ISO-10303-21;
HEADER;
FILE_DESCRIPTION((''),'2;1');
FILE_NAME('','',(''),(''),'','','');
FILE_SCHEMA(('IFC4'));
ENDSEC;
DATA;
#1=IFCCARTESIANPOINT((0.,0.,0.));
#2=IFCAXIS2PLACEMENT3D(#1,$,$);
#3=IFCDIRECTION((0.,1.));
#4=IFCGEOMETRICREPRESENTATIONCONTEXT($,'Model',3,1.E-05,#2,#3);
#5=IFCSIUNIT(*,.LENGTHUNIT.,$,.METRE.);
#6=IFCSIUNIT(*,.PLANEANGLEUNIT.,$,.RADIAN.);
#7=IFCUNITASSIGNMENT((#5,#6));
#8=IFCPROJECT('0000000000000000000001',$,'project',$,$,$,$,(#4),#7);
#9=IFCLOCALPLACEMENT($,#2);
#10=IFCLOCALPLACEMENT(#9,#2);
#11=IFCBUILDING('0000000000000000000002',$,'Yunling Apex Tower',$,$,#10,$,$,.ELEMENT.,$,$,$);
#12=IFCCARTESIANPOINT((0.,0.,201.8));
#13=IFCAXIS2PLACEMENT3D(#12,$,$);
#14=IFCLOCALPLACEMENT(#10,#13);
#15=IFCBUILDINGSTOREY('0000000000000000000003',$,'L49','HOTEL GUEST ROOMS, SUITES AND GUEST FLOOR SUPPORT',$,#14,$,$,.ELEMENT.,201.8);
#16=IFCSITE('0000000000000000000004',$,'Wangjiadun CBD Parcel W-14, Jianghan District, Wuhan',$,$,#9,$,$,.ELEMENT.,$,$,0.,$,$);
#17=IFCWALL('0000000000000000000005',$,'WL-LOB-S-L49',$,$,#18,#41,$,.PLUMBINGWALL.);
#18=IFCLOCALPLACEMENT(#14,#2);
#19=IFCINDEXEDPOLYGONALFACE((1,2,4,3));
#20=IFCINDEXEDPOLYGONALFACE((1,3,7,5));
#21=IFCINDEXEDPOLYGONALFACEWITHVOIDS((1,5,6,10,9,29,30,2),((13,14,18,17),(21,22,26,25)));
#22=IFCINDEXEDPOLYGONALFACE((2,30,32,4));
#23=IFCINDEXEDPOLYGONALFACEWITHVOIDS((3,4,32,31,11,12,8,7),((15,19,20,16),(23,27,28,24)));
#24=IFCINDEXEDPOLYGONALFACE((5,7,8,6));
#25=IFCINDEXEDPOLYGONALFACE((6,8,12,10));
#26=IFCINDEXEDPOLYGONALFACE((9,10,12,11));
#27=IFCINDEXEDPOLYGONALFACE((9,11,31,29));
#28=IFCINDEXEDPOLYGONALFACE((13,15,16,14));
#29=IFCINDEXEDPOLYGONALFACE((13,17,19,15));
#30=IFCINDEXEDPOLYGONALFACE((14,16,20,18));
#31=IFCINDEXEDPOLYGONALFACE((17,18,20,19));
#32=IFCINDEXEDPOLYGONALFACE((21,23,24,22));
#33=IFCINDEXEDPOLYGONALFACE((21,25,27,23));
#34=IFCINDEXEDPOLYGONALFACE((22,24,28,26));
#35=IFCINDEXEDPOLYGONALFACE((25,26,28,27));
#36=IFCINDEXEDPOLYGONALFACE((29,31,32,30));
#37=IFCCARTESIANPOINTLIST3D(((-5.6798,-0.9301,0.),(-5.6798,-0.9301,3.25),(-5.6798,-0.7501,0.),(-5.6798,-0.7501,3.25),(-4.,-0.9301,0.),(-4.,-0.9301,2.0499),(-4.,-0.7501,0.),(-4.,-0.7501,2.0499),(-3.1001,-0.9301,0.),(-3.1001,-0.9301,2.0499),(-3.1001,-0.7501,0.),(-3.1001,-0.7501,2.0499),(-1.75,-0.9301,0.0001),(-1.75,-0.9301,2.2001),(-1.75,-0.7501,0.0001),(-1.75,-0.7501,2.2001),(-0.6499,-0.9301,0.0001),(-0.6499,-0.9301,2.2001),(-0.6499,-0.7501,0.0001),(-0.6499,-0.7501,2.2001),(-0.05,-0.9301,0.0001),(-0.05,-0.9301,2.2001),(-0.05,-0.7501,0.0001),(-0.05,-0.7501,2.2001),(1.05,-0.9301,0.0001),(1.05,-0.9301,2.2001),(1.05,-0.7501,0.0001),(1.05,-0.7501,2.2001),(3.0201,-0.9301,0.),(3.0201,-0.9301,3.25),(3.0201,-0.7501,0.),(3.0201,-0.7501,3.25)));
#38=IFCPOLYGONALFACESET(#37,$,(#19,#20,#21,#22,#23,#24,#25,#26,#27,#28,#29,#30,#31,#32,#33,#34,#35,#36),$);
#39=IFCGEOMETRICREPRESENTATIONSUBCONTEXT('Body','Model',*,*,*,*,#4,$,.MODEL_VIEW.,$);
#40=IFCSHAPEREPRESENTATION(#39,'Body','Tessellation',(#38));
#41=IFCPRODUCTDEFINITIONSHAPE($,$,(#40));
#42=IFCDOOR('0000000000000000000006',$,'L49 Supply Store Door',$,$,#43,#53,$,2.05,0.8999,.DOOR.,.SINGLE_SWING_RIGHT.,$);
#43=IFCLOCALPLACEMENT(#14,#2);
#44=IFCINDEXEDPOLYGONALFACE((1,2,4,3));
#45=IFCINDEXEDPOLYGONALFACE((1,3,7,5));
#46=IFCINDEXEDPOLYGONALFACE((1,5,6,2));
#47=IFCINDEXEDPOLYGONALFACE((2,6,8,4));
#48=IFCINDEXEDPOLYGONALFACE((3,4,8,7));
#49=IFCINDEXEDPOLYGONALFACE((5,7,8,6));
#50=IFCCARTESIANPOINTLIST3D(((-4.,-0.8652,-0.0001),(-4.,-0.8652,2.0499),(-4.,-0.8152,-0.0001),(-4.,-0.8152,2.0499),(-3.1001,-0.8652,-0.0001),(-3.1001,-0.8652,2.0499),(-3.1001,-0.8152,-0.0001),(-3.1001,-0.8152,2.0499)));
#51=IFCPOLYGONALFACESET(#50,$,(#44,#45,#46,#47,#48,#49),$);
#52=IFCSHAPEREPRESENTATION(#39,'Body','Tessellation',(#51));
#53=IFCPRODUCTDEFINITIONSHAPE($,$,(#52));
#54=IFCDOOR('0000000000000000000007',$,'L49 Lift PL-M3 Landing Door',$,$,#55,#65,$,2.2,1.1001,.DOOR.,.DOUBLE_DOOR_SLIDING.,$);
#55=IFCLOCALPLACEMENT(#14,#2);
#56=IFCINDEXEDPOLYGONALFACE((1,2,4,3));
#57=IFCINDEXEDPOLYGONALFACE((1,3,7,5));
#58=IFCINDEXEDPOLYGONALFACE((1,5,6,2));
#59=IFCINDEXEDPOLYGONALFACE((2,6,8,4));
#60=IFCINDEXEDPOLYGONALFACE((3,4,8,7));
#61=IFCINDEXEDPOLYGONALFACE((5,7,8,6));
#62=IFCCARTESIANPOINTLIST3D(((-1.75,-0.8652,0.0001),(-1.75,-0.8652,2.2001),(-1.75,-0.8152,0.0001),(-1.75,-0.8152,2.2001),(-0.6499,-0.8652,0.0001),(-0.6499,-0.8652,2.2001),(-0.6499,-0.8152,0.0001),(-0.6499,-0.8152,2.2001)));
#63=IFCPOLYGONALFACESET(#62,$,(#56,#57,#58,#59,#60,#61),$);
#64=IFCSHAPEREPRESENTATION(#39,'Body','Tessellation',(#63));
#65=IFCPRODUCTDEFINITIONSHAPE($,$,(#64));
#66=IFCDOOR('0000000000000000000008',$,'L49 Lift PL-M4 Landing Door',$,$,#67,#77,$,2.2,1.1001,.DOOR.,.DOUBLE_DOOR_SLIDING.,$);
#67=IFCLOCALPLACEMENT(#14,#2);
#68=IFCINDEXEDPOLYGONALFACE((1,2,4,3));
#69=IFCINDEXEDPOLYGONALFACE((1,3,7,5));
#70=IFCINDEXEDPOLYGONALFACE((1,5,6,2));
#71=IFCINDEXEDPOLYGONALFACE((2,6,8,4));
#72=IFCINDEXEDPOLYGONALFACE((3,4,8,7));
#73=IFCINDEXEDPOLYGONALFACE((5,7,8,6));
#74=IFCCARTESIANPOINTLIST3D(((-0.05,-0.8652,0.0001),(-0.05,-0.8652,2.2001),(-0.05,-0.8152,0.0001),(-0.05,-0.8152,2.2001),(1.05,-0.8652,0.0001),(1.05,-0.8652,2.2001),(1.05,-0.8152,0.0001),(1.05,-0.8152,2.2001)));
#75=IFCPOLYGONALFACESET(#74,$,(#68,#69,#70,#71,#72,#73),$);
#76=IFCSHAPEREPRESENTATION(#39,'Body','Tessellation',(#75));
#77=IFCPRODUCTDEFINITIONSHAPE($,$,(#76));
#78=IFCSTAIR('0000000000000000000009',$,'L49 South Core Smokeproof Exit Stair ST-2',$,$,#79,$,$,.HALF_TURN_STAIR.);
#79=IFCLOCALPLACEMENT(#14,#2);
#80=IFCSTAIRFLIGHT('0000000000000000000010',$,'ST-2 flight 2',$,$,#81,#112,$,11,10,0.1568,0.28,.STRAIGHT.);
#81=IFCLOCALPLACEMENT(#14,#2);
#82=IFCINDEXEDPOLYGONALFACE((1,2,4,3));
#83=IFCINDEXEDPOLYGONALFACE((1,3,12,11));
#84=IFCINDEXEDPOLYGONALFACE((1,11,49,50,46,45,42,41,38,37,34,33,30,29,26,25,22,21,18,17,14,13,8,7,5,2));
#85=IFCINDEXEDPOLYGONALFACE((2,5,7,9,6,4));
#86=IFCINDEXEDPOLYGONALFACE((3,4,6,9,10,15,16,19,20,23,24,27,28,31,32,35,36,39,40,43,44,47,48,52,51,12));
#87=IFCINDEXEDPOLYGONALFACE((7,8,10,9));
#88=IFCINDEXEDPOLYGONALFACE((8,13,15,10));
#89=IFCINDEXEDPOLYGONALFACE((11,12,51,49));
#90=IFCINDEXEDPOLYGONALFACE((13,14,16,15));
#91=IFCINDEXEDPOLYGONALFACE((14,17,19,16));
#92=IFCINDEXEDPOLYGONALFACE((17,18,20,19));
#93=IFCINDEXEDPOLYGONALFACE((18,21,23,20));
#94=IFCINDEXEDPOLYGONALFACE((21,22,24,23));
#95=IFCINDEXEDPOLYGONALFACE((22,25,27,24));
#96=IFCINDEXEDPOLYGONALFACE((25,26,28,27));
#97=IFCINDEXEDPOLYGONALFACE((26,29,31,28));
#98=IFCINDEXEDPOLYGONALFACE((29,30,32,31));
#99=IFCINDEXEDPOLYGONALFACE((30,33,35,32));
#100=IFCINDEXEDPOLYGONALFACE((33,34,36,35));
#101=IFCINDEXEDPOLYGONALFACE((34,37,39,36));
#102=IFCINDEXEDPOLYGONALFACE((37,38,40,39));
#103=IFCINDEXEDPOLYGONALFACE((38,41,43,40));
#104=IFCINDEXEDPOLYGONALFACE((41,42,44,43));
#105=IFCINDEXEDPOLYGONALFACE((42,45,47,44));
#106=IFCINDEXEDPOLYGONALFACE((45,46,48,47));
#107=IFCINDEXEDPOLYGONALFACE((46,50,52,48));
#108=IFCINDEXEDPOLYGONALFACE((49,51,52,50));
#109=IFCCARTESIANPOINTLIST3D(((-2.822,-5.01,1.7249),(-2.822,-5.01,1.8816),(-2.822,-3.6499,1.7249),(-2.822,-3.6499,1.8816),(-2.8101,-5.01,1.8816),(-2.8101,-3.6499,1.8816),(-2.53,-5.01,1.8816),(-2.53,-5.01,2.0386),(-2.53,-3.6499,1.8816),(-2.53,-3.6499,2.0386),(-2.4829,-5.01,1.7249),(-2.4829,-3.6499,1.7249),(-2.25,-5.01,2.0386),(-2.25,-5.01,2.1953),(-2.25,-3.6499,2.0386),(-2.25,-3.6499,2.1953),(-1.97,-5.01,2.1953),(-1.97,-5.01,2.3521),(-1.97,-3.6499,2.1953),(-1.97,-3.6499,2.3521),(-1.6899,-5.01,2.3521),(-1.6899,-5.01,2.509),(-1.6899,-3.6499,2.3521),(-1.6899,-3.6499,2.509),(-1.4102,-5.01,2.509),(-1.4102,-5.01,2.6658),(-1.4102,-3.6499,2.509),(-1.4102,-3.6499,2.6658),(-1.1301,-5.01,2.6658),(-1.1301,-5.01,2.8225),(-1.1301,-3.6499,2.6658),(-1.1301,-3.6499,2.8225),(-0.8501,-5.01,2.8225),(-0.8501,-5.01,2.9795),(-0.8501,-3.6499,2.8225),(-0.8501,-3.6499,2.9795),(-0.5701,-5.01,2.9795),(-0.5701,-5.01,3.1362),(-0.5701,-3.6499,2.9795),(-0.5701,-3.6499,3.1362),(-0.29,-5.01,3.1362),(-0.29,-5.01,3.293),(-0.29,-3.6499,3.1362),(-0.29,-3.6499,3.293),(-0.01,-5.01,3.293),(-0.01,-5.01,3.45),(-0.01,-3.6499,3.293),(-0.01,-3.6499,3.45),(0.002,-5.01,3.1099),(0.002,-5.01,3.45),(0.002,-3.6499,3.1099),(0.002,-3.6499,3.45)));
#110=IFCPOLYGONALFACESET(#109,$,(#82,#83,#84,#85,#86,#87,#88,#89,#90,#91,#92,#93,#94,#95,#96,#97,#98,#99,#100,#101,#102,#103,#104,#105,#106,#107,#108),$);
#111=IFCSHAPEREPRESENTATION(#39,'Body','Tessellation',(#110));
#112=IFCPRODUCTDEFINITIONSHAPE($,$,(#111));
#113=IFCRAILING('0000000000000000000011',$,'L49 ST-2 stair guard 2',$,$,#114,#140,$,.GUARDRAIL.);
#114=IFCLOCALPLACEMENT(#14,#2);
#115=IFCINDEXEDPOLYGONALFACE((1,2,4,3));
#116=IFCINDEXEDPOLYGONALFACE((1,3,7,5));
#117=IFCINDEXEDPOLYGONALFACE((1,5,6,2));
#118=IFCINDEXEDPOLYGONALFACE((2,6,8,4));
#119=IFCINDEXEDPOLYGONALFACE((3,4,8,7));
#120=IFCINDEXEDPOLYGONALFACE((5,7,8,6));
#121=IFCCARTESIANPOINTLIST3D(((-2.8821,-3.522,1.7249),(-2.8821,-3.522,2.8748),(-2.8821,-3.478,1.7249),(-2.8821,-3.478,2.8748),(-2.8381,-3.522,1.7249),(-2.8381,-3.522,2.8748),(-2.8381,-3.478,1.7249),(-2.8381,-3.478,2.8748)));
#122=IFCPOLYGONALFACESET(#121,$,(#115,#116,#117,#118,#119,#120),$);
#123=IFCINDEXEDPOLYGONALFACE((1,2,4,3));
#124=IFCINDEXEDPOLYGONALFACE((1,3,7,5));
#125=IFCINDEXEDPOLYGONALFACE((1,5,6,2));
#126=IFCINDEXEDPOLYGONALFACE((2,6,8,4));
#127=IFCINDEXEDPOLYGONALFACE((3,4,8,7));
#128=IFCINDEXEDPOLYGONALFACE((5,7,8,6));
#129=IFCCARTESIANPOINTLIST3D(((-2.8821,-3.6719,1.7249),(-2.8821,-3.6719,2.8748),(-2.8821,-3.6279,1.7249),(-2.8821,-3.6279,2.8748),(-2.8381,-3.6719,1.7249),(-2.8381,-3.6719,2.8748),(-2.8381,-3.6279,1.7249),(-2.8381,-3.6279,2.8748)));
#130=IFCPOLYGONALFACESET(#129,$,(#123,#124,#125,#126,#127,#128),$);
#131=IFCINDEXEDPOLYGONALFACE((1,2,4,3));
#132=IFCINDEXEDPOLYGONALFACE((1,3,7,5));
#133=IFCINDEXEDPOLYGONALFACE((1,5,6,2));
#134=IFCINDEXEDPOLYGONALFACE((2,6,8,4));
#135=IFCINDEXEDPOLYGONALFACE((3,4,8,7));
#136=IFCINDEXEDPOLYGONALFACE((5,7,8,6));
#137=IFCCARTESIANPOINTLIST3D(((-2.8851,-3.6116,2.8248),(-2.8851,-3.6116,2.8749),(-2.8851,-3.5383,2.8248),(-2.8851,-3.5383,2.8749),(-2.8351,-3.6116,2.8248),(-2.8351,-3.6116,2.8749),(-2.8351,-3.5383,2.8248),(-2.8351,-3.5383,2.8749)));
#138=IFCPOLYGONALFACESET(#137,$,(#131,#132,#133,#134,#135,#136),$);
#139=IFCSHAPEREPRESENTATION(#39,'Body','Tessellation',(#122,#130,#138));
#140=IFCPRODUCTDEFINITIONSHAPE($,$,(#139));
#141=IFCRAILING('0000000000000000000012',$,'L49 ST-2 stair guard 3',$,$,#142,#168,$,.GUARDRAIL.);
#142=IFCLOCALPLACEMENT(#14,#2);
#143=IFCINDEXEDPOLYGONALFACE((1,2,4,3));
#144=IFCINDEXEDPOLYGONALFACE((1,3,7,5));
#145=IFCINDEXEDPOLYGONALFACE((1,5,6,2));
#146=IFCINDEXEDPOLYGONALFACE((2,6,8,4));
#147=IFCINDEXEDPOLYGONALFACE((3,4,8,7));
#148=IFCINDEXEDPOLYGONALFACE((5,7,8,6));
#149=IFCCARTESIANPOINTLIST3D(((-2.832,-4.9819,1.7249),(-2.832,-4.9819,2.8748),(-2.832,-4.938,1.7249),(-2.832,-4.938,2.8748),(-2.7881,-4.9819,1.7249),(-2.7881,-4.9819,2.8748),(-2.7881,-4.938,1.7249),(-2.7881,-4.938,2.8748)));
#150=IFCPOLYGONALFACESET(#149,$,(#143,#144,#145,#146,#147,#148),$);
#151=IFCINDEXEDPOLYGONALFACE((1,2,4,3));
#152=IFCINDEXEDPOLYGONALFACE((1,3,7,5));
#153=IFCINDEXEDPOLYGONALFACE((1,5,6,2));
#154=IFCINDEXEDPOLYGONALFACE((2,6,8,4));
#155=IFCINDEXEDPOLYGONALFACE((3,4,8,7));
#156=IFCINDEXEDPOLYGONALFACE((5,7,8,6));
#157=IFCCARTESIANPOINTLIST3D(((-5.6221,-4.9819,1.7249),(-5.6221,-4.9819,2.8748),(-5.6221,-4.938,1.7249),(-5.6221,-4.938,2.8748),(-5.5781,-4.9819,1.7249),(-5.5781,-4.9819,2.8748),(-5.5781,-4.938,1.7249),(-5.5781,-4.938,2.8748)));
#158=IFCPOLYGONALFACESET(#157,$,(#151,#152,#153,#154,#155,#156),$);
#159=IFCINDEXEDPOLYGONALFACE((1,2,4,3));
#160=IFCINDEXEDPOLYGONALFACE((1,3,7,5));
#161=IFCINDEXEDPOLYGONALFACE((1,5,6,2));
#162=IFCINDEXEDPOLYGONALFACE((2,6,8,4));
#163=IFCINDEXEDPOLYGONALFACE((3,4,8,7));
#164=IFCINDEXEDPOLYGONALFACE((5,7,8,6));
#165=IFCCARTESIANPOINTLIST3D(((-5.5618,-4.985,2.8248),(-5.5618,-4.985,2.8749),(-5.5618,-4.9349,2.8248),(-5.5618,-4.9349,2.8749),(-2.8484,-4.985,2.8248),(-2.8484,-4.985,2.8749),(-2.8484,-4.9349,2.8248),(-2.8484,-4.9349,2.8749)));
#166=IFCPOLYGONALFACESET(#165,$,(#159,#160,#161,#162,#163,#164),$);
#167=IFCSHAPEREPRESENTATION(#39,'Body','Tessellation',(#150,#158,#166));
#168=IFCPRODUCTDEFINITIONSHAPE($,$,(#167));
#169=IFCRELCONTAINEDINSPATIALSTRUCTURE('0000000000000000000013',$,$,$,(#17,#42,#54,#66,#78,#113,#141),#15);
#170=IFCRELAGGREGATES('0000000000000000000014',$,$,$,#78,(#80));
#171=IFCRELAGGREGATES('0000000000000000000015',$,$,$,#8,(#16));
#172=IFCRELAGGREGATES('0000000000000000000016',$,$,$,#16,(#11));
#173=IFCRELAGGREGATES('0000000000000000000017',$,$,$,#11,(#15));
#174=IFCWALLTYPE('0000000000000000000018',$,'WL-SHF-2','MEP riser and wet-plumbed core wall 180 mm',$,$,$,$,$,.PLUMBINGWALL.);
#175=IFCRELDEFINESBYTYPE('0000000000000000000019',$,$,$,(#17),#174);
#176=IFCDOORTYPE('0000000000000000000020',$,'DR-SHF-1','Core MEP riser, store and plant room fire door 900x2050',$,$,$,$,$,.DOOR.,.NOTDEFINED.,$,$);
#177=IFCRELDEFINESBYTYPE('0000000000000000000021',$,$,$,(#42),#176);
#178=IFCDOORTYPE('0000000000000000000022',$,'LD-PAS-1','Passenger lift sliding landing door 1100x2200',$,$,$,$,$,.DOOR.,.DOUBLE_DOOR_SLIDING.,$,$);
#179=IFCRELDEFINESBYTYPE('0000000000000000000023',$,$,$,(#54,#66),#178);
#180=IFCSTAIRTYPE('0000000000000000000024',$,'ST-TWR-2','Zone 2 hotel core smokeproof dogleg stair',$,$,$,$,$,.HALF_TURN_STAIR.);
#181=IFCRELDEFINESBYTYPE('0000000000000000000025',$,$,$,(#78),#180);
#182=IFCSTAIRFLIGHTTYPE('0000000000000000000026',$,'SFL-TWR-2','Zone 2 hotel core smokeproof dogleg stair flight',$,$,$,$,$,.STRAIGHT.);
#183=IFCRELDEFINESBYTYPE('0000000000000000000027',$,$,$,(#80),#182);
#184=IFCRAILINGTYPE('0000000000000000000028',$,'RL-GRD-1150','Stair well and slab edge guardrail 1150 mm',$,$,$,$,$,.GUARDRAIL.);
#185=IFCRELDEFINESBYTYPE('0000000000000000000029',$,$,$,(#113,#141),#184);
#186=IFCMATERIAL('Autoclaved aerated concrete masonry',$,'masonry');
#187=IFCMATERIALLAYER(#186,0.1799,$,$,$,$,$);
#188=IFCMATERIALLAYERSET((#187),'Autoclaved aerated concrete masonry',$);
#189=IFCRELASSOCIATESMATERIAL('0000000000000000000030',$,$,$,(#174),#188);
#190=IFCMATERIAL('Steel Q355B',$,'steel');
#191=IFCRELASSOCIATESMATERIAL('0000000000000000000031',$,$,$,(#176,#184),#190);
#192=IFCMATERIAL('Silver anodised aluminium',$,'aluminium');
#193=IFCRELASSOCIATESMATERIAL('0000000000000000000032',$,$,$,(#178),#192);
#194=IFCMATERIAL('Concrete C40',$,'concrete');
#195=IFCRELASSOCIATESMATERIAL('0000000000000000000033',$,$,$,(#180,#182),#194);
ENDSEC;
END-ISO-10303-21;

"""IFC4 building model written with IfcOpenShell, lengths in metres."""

from ifc_helpers import new_model, si_unit, direction, frame, frame_2d, origin, origin_2d, place, context, subcontext, project, spatial, polyline, rectangle, outline, extrude, material, layer, layer_set, type_object, element, fill, aggregate, save


model = new_model("IFC4")

# Units and contexts
model_context = context("Model", 3, precision=1e-05, world=origin(), true_north=direction((0.0, 1.0)))
body_context = subcontext(model_context, "Body", "Model", "MODEL_VIEW")
ifc_project = project(units=[si_unit("LENGTHUNIT", "METRE"), si_unit("PLANEANGLEUNIT", "RADIAN")], contexts=[model_context])

# Site, building, storey
site_placement = place(None, origin())
site = spatial("IfcSite", under=ifc_project, at=site_placement, Name="Wangjiadun CBD Parcel W-14, Jianghan District, Wuhan", CompositionType="ELEMENT", RefElevation=0.0)
building_placement = place(site_placement, origin())
building = spatial("IfcBuilding", under=site, at=building_placement, Name="Yunling Apex Tower", CompositionType="ELEMENT")
storey_placement = place(building_placement, frame((0.0, 0.0, 201.8)))
storey = spatial("IfcBuildingStorey", under=building, at=storey_placement, Name="L49", Description="HOTEL GUEST ROOMS, SUITES AND GUEST FLOOR SUPPORT", CompositionType="ELEMENT", Elevation=201.8)

# Shared definitions
ifc_material_1 = material(Name="Steel Q355B", Category="steel")

# Shared definitions
ifc_material_2 = material(Name="Concrete C40", Category="concrete")

# Shared definitions
ifc_material_3 = material(Name="Autoclaved aerated concrete masonry", Category="masonry")

# Shared definitions
ifc_layer_1 = layer(ifc_material_3, 0.1799)
ifc_layer_set_1 = layer_set([ifc_layer_1], Name="Autoclaved aerated concrete masonry")
wall_type_1 = type_object("IfcWallType", Name="WL-SHF-2", Description="MEP riser and wet-plumbed core wall 180 mm", PredefinedType="PLUMBINGWALL", material=ifc_layer_set_1)

# Wall, openings, doors
wall_1_placement = place(storey_placement, frame((-5.6799, -0.8401, 0.0), z_axis=(0.0, 0.0, 1.0), x_axis=(1.0, 0.0, 0.0)))
wall_1 = element("IfcWall", 1, at=wall_1_placement, inside=storey, type_object=wall_type_1, Name="WL-LOB-S-L49", PredefinedType="PLUMBINGWALL", context=body_context, shape_type="SweptSolid", body=[
    extrude(rectangle(XDim=8.7, YDim=0.1799, at=frame_2d((4.3501, 0.0))), origin(), (0.0, 0.0, 1.0), 3.25),
])
opening_1_placement = place(wall_1_placement, frame((1.6799, 0.0, 0.0)))
opening_1 = element("IfcOpeningElement", 2, at=opening_1_placement, cuts=wall_1, PredefinedType="OPENING", context=body_context, shape_type="SweptSolid", body=[
    extrude(rectangle(XDim=0.8999, YDim=2.05, at=frame_2d((0.45, 1.0249))), frame((0.0, 0.1001, 0.0), z_axis=(0.0, -1.0, 0.0), x_axis=(1.0, 0.0, 0.0)), (0.0, 0.0, 1.0), 0.2),
])
opening_2_placement = place(wall_1_placement, frame((3.9299, 0.0, 0.0)))
opening_2 = element("IfcOpeningElement", 3, at=opening_2_placement, cuts=wall_1, PredefinedType="OPENING", context=body_context, shape_type="SweptSolid", body=[
    extrude(rectangle(XDim=1.1001, YDim=2.2, at=frame_2d((0.55, 1.1001))), frame((0.0, 0.1001, 0.0), z_axis=(0.0, -1.0, 0.0), x_axis=(1.0, 0.0, 0.0)), (0.0, 0.0, 1.0), 0.2),
])
opening_3_placement = place(wall_1_placement, frame((5.6299, 0.0, 0.0)))
opening_3 = element("IfcOpeningElement", 4, at=opening_3_placement, cuts=wall_1, PredefinedType="OPENING", context=body_context, shape_type="SweptSolid", body=[
    extrude(rectangle(XDim=1.1001, YDim=2.2, at=frame_2d((0.55, 1.1001))), frame((0.0, 0.1001, 0.0), z_axis=(0.0, -1.0, 0.0), x_axis=(1.0, 0.0, 0.0)), (0.0, 0.0, 1.0), 0.2),
])
door_type_1 = type_object("IfcDoorType", Name="DR-SHF-1", Description="Core MEP riser, store and plant room fire door 900x2050", OperationType="NOTDEFINED", PredefinedType="DOOR", material=ifc_material_1)
door_1_placement = place(opening_1_placement, origin())
door_1 = element("IfcDoor", 5, at=door_1_placement, inside=storey, type_object=door_type_1, Name="L49 Supply Store Door", OperationType="SINGLE_SWING_RIGHT", OverallHeight=2.05, OverallWidth=0.8999, PredefinedType="DOOR", context=body_context, shape_type="SweptSolid", body=[
    extrude(rectangle(XDim=0.8999, YDim=2.05, at=frame_2d((0.45, 1.0249))), frame((0.0, 0.0249, 0.0), z_axis=(0.0, -1.0, 0.0), x_axis=(1.0, 0.0, 0.0)), (0.0, 0.0, 1.0), 0.05),
])
fill(opening_1, door_1)
ifc_material_4 = material(Name="Silver anodised aluminium", Category="aluminium")
door_type_2 = type_object("IfcDoorType", Name="LD-PAS-1", Description="Passenger lift sliding landing door 1100x2200", OperationType="DOUBLE_DOOR_SLIDING", PredefinedType="DOOR", material=ifc_material_4)
door_2_placement = place(opening_2_placement, origin())
door_2 = element("IfcDoor", 6, at=door_2_placement, inside=storey, type_object=door_type_2, Name="L49 Lift PL-M3 Landing Door", OperationType="DOUBLE_DOOR_SLIDING", OverallHeight=2.2, OverallWidth=1.1001, PredefinedType="DOOR", context=body_context, shape_type="SweptSolid", body=[
    extrude(rectangle(XDim=1.1001, YDim=2.2, at=frame_2d((0.55, 1.1001))), frame((0.0, 0.0249, 0.0), z_axis=(0.0, -1.0, 0.0), x_axis=(1.0, 0.0, 0.0)), (0.0, 0.0, 1.0), 0.05),
])
fill(opening_2, door_2)
door_3_placement = place(opening_3_placement, origin())
door_3 = element("IfcDoor", 7, at=door_3_placement, inside=storey, type_object=door_type_2, Name="L49 Lift PL-M4 Landing Door", OperationType="DOUBLE_DOOR_SLIDING", OverallHeight=2.2, OverallWidth=1.1001, PredefinedType="DOOR", context=body_context, shape_type="SweptSolid", body=[
    extrude(rectangle(XDim=1.1001, YDim=2.2, at=frame_2d((0.55, 1.1001))), frame((0.0, 0.0249, 0.0), z_axis=(0.0, -1.0, 0.0), x_axis=(1.0, 0.0, 0.0)), (0.0, 0.0, 1.0), 0.05),
])
fill(opening_3, door_3)

# Stair, stair flight
stair_type = type_object("IfcStairType", Name="ST-TWR-2", Description="Zone 2 hotel core smokeproof dogleg stair", PredefinedType="HALF_TURN_STAIR", material=ifc_material_2)
stair_placement = place(storey_placement, origin())
stair = element("IfcStair", 8, at=stair_placement, inside=storey, type_object=stair_type, Name="L49 South Core Smokeproof Exit Stair ST-2", PredefinedType="HALF_TURN_STAIR")
stair_flight_type = type_object("IfcStairFlightType", Name="SFL-TWR-2", Description="Zone 2 hotel core smokeproof dogleg stair flight", PredefinedType="STRAIGHT", material=ifc_material_2)
stair_flight_placement = place(storey_placement, frame((-2.8101, -4.3301, 1.7249), z_axis=(0.0, 0.0, 1.0), x_axis=(1.0, 0.0, 0.0)))
stair_flight = element("IfcStairFlight", 9, at=stair_flight_placement, type_object=stair_flight_type, Name="ST-2 flight 2", NumberOfRisers=11, NumberOfTreads=10, PredefinedType="STRAIGHT", RiserHeight=0.1568, TreadLength=0.28, context=body_context, shape_type="SweptSolid", body=[
    extrude(outline(polyline([(-0.012, 0.0), (-0.012, 0.1567), (0.0, 0.1567), (0.28, 0.1567), (0.28, 0.3137), (0.5601, 0.3137), (0.5601, 0.4705), (0.8401, 0.4705), (0.8401, 0.6272), (1.1201, 0.6272), (1.1201, 0.7842), (1.3999, 0.7842), (1.3999, 0.9409), (1.6799, 0.9409), (1.6799, 1.0977), (1.96, 1.0977), (1.96, 1.2546), (2.24, 1.2546), (2.24, 1.4114), (2.52, 1.4114), (2.52, 1.5681), (2.8, 1.5681), (2.8, 1.7251), (2.812, 1.7251), (2.812, 1.385), (0.3271, 0.0), (-0.012, 0.0)])), frame((0.0, 0.6802, 0.0), z_axis=(0.0, -1.0, 0.0), x_axis=(1.0, 0.0, 0.0)), (0.0, 0.0, 1.0), 1.3601),
])
aggregate(stair, [stair_flight])

# Railings
railing_type_1 = type_object("IfcRailingType", Name="RL-GRD-1150", Description="Stair well and slab edge guardrail 1150 mm", PredefinedType="GUARDRAIL", material=ifc_material_1)
railing_1_placement = place(storey_placement, frame((-2.8601, -3.5, 1.7249)))
element("IfcRailing", 10, at=railing_1_placement, inside=storey, type_object=railing_type_1, Name="L49 ST-2 stair guard 2", PredefinedType="GUARDRAIL", context=body_context, shape_type="SweptSolid", body=[
    extrude(rectangle(XDim=0.0439, YDim=0.0439, at=origin_2d()), origin(), (0.0, 0.0, 1.0), 1.1499),
    extrude(rectangle(XDim=0.0439, YDim=0.0439, at=origin_2d()), frame((0.0, -0.1499, 0.0)), (0.0, 0.0, 1.0), 1.1499),
    extrude(rectangle(XDim=0.05, YDim=0.05, at=origin_2d()), frame((0.0, -0.0383, 1.125), z_axis=(0.0, -1.0, 0.0), x_axis=(1.0, 0.0, 0.0)), (0.0, 0.0, 1.0), 0.0732),
])
railing_2_placement = place(storey_placement, frame((-2.8101, -4.96, 1.7249)))
element("IfcRailing", 11, at=railing_2_placement, inside=storey, type_object=railing_type_1, Name="L49 ST-2 stair guard 3", PredefinedType="GUARDRAIL", context=body_context, shape_type="SweptSolid", body=[
    extrude(rectangle(XDim=0.0439, YDim=0.0439, at=origin_2d()), origin(), (0.0, 0.0, 1.0), 1.1499),
    extrude(rectangle(XDim=0.0439, YDim=0.0439, at=origin_2d()), frame((-2.79, 0.0, 0.0)), (0.0, 0.0, 1.0), 1.1499),
    extrude(rectangle(XDim=0.05, YDim=0.05, at=origin_2d()), frame((-0.0383, 0.0, 1.125), z_axis=(-1.0, 0.0, 0.0), x_axis=(0.0, -1.0, 0.0)), (0.0, 0.0, 1.0), 2.7134),
])

save(model, "model.ifc")
